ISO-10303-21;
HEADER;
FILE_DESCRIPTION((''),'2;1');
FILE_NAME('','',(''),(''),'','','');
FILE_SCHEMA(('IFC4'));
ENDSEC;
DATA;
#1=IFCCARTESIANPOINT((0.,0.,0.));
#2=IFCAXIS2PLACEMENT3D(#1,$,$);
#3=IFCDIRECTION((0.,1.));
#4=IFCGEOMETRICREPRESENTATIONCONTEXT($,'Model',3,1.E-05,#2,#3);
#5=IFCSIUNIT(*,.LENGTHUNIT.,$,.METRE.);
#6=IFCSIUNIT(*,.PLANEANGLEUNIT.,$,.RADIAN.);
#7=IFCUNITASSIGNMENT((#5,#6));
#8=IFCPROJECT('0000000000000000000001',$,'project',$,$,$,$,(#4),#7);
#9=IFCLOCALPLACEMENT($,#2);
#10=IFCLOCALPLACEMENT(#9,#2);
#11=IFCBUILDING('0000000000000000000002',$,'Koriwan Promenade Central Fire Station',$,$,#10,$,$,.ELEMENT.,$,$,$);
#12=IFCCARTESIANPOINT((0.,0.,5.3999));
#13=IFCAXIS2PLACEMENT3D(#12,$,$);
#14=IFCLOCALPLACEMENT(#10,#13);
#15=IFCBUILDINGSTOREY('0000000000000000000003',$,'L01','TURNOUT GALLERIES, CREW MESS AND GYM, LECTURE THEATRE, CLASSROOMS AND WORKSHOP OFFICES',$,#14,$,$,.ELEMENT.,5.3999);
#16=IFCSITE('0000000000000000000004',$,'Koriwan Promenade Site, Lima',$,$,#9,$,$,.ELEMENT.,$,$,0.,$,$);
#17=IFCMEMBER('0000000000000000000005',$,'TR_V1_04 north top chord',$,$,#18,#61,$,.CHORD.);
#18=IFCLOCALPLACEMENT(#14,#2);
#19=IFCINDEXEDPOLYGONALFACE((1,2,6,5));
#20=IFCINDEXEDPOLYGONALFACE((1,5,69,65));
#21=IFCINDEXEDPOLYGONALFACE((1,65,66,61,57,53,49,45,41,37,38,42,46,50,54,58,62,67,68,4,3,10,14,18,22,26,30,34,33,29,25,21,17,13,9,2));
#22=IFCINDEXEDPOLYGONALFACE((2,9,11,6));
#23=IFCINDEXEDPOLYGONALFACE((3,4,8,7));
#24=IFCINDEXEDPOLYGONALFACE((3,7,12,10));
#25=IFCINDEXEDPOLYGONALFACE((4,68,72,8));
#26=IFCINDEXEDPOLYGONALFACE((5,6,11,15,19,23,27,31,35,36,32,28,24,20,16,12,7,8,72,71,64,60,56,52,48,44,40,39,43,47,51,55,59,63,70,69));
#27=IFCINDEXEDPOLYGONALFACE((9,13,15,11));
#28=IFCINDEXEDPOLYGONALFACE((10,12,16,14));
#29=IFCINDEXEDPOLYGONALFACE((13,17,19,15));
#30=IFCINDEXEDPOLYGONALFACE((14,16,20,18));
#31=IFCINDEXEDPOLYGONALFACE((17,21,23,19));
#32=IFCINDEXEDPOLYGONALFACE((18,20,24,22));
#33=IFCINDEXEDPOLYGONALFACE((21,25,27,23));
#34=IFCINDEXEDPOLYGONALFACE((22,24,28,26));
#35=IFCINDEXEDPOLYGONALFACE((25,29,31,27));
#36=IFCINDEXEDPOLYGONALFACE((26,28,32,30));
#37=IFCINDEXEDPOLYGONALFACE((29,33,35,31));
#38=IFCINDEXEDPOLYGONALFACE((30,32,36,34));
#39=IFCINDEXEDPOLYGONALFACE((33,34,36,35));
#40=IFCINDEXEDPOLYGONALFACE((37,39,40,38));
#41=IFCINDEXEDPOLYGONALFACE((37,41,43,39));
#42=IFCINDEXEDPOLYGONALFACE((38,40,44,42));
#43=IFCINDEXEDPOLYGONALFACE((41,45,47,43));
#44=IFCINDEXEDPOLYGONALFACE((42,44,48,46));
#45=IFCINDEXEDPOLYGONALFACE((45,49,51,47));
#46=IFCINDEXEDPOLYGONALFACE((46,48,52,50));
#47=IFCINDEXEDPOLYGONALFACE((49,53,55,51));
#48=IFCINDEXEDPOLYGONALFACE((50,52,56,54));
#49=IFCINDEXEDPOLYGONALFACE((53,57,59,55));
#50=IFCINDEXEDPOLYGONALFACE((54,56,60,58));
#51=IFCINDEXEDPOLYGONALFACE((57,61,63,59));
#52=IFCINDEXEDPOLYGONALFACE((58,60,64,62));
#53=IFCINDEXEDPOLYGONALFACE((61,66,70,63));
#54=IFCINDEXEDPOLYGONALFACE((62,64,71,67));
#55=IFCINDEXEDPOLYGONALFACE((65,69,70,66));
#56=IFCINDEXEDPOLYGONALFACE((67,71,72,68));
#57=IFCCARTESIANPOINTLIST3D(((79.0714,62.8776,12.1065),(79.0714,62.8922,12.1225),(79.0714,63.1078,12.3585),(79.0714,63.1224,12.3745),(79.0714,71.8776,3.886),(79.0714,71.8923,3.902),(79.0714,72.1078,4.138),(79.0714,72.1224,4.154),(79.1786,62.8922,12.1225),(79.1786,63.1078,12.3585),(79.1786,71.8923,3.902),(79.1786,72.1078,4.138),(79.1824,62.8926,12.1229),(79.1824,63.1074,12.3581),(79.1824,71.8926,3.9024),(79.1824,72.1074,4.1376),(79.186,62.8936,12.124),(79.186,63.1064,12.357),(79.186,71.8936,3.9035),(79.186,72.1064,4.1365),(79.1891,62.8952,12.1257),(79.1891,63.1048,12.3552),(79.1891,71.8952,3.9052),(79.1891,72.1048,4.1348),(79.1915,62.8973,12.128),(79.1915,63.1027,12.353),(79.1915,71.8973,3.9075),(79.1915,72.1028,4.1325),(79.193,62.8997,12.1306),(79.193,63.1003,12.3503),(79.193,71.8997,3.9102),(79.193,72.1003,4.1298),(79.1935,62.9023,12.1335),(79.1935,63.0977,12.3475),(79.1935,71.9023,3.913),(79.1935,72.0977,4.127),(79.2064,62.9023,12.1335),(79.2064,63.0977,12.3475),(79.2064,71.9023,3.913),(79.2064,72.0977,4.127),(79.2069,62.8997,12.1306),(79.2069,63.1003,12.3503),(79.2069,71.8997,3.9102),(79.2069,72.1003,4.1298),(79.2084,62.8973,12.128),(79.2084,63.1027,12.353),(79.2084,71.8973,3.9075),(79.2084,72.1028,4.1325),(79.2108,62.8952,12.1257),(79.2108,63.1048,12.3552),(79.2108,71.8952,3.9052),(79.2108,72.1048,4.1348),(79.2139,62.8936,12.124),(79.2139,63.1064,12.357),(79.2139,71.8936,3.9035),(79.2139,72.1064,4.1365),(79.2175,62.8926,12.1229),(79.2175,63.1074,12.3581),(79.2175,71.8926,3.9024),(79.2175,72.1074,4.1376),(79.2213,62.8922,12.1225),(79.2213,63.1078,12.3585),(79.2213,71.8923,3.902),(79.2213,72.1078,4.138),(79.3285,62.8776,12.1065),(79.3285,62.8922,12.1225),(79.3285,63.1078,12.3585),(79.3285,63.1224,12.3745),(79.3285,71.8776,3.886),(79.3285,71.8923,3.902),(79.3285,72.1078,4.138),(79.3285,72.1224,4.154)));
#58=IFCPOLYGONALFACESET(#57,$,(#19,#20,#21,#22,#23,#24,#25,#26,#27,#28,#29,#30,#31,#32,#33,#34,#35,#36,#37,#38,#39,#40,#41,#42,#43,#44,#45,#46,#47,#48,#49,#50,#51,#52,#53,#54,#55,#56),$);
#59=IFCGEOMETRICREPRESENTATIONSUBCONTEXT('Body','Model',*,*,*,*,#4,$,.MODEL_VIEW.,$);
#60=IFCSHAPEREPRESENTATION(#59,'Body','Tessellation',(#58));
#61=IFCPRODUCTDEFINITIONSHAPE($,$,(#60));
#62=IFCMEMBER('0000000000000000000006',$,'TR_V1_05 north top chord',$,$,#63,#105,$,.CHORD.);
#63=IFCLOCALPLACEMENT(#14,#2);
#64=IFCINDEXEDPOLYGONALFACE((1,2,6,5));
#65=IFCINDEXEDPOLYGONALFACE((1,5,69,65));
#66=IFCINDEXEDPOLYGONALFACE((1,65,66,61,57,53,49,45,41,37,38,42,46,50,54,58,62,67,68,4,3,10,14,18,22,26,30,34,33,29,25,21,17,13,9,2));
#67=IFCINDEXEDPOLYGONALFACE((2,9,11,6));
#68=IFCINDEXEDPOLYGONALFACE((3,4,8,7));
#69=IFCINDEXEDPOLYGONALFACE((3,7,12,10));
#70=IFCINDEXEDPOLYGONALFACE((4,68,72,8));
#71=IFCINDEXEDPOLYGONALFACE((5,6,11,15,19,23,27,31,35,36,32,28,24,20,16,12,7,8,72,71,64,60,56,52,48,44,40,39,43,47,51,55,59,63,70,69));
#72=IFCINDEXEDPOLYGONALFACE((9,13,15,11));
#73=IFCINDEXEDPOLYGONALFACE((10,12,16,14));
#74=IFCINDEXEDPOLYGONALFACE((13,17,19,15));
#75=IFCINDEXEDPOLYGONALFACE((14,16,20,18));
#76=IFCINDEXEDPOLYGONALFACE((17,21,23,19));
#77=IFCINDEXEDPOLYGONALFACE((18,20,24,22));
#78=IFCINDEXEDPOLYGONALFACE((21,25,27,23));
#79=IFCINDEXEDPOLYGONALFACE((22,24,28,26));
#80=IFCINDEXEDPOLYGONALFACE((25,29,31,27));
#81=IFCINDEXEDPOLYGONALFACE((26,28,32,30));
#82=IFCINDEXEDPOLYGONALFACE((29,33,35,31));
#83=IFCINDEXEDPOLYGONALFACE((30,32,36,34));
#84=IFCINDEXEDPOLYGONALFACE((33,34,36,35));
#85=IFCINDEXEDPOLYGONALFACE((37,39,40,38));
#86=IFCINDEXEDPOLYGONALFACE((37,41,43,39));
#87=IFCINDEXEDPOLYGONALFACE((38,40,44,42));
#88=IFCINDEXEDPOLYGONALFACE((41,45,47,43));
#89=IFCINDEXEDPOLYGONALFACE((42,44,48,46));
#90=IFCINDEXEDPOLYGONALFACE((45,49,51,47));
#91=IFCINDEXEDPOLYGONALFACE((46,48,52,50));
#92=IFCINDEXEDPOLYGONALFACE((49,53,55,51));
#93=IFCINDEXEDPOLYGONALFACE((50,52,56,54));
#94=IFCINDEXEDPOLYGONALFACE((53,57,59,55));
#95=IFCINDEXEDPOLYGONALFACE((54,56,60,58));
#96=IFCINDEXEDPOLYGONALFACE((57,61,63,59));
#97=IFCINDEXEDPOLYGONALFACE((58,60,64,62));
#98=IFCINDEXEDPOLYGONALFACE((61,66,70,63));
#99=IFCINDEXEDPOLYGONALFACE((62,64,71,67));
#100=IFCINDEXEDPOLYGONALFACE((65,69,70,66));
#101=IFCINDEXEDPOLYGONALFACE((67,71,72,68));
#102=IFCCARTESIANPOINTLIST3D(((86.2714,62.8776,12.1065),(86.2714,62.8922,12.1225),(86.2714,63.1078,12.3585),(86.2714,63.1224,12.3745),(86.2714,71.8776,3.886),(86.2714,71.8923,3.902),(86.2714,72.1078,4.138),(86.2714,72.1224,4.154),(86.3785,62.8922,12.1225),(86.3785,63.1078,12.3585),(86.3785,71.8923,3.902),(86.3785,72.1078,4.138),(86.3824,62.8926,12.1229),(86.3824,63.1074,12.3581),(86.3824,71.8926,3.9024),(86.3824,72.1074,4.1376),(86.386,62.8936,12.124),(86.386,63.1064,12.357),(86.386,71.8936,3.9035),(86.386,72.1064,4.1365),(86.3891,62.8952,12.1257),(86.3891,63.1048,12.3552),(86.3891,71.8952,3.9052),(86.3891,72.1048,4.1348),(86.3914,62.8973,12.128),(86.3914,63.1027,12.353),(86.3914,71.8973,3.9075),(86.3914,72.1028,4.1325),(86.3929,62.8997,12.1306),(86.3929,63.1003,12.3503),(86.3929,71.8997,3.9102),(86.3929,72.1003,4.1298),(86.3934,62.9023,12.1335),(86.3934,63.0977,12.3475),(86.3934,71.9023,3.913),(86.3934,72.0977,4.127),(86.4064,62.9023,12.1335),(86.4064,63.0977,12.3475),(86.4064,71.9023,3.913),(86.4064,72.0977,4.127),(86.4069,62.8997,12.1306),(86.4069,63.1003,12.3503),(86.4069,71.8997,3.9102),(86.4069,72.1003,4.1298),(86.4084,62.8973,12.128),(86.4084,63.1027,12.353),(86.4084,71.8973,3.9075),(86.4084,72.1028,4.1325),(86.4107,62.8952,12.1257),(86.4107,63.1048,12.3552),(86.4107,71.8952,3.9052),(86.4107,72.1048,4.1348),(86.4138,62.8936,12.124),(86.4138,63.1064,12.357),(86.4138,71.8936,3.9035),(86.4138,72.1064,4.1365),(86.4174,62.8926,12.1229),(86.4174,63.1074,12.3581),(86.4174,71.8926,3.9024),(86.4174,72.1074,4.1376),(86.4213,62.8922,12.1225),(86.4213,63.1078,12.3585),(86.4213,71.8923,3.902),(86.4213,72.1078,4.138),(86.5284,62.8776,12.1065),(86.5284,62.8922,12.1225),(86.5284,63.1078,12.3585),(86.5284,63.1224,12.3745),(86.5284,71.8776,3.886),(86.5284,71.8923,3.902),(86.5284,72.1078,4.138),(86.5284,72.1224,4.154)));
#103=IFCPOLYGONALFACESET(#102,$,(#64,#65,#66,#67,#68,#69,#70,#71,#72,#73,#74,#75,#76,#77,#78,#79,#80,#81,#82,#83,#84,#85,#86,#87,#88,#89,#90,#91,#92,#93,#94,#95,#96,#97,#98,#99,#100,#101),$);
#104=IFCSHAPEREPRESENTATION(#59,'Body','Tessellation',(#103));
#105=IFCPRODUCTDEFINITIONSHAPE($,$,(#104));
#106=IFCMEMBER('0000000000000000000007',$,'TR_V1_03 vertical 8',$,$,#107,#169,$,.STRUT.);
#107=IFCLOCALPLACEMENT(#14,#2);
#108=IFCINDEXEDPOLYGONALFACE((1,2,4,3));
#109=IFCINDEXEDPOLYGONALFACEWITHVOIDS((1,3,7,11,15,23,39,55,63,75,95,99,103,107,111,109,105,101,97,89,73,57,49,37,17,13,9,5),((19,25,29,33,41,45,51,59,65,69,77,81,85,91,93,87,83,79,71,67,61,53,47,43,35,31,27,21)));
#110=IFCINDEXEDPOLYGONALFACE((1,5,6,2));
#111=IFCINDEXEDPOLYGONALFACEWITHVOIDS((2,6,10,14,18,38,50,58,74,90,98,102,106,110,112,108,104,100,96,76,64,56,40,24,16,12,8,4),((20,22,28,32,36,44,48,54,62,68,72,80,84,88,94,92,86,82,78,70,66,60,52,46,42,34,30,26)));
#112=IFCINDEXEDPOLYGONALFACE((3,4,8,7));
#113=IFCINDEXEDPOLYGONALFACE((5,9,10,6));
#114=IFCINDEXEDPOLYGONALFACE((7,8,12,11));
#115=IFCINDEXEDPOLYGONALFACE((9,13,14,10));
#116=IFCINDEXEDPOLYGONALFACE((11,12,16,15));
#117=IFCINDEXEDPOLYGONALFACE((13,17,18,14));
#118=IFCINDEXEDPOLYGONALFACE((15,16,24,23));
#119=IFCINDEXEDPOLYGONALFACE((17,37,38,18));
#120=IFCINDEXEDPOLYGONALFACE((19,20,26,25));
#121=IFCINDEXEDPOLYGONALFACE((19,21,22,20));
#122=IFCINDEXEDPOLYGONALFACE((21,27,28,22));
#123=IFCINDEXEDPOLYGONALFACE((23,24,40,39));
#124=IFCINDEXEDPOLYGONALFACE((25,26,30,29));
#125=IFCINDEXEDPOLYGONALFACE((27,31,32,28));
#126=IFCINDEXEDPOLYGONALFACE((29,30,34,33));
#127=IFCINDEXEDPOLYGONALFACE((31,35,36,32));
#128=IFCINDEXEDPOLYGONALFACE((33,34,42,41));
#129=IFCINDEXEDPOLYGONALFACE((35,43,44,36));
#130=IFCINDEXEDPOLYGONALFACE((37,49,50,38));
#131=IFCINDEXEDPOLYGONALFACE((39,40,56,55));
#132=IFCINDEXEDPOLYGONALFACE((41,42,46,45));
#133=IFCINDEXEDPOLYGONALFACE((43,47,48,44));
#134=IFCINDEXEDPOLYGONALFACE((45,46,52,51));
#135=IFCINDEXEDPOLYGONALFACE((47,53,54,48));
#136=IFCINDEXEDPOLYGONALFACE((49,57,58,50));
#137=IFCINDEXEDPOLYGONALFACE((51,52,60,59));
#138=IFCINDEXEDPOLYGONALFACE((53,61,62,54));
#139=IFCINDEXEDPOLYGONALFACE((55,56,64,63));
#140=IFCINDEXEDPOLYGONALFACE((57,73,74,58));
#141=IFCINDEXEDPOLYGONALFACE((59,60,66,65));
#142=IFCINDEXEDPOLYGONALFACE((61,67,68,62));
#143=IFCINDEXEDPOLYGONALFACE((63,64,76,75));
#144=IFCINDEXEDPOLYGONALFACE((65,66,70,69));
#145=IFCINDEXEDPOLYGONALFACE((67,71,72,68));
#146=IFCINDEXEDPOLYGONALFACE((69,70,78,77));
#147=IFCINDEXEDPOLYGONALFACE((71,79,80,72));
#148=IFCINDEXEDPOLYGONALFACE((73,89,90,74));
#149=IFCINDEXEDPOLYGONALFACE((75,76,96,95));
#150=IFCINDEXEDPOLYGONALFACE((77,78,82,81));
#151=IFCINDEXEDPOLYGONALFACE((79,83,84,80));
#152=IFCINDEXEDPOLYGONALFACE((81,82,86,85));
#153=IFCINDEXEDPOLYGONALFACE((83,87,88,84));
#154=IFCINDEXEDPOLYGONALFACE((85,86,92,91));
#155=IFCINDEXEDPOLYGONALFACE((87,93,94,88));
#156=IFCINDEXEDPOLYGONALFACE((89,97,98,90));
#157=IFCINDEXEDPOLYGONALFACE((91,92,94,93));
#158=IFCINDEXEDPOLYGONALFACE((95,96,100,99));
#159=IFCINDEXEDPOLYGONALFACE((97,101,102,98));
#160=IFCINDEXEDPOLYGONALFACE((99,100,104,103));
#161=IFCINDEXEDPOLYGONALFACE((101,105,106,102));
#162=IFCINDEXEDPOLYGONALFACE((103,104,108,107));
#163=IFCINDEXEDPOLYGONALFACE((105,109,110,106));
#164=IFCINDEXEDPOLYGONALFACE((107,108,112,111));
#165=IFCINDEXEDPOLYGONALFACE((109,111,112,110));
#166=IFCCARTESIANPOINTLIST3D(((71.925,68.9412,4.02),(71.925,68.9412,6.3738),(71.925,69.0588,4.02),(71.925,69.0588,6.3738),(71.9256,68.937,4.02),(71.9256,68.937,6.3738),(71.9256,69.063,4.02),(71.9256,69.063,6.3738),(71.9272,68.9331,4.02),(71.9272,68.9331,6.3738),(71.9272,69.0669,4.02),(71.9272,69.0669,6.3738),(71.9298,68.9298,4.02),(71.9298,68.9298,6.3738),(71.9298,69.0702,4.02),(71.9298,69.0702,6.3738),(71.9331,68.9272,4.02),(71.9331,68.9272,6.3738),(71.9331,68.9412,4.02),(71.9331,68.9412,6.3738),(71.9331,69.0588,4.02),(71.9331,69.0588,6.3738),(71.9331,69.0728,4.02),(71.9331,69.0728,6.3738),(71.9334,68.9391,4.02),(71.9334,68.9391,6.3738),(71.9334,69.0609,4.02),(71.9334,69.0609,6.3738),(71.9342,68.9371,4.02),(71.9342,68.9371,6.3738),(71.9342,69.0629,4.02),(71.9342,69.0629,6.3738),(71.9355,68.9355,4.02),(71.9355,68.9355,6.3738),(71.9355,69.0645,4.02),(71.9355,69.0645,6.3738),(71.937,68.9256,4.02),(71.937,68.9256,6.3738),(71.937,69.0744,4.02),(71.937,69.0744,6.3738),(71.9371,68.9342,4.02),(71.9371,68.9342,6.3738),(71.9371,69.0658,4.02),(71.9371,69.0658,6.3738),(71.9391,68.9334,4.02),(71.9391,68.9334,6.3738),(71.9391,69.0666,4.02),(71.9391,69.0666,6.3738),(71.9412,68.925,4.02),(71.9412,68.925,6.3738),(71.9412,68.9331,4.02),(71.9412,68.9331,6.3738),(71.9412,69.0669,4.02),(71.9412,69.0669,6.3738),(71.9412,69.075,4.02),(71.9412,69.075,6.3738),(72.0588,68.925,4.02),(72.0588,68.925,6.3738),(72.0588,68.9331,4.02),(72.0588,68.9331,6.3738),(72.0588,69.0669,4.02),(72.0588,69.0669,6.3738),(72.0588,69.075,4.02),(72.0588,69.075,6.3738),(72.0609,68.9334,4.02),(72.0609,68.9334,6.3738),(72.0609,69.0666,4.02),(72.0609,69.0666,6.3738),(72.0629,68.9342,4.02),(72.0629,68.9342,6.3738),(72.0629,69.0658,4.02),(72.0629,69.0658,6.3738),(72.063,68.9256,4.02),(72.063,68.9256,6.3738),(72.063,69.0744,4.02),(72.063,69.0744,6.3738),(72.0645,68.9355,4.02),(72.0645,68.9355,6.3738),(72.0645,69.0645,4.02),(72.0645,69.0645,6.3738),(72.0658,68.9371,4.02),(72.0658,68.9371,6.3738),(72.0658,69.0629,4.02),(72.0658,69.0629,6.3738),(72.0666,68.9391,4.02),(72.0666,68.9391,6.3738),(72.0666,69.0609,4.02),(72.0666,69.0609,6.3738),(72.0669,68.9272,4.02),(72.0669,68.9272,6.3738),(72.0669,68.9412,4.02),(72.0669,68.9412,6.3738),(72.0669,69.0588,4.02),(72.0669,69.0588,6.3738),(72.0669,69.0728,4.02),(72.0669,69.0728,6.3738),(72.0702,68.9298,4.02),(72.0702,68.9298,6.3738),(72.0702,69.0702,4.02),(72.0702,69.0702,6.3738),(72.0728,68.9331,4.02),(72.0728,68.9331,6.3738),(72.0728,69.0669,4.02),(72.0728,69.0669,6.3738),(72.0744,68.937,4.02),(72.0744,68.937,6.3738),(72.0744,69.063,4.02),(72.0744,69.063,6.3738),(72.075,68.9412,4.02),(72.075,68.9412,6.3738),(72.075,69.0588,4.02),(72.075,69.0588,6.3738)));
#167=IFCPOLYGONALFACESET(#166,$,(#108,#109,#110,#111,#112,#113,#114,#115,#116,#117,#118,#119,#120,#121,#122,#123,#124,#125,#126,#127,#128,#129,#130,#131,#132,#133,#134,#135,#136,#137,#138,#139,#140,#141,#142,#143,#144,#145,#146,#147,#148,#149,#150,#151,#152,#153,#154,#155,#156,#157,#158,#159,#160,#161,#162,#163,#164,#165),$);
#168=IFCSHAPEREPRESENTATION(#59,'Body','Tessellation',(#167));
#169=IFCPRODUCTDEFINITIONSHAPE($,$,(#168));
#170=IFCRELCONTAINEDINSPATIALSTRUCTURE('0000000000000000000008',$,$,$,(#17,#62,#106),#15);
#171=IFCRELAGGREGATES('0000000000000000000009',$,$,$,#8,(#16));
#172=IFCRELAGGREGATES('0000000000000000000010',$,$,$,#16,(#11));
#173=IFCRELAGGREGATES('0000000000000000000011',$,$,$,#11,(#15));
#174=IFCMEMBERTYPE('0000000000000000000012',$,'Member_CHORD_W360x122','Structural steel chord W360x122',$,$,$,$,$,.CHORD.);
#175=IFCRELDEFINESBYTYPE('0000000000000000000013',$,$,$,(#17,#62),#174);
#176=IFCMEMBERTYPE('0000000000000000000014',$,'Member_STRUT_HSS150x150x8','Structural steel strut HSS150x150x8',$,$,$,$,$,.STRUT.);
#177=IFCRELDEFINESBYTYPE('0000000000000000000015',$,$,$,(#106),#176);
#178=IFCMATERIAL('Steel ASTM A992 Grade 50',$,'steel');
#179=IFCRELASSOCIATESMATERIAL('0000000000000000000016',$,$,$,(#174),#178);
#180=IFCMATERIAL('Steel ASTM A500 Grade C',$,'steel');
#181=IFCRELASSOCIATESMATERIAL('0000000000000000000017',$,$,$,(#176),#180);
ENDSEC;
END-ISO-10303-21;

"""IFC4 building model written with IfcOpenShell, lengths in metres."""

from ifc_helpers import new_model, si_unit, direction, frame, origin, origin_2d, place, context, subcontext, project, spatial, hollow_rectangle, i_section, extrude, material, material_profile, profile_set, type_object, element, save


model = new_model("IFC4")

# Units and contexts
model_context = context("Model", 3, precision=1e-05, world=origin(), true_north=direction((0.0, 1.0)))
body_context = subcontext(model_context, "Body", "Model", "MODEL_VIEW")
ifc_project = project(units=[si_unit("LENGTHUNIT", "METRE"), si_unit("PLANEANGLEUNIT", "RADIAN")], contexts=[model_context])

# Site, building, storey
site_placement = place(None, origin())
site = spatial("IfcSite", under=ifc_project, at=site_placement, Name="Koriwan Promenade Site, Lima", CompositionType="ELEMENT", RefElevation=0.0)
building_placement = place(site_placement, origin())
building = spatial("IfcBuilding", under=site, at=building_placement, Name="Koriwan Promenade Central Fire Station", CompositionType="ELEMENT")
storey_placement = place(building_placement, frame((0.0, 0.0, 5.3999)))
storey = spatial("IfcBuildingStorey", under=building, at=storey_placement, Name="L01", Description="TURNOUT GALLERIES, CREW MESS AND GYM, LECTURE THEATRE, CLASSROOMS AND WORKSHOP OFFICES", CompositionType="ELEMENT", Elevation=5.3999)

# Members
ifc_material_1 = material(Name="Steel ASTM A992 Grade 50", Category="steel")
ifc_material_profile_1 = material_profile(ifc_material_1, i_section(OverallWidth=0.2571, OverallDepth=0.363, WebThickness=0.0129, FlangeThickness=0.0217, FilletRadius=0.0149, at=origin_2d()), Name="W360x122")
ifc_profile_set_1 = profile_set([ifc_material_profile_1], Name="Steel ASTM A992 Grade 50")
member_type_1 = type_object("IfcMemberType", Name="Member_CHORD_W360x122", Description="Structural steel chord W360x122", PredefinedType="CHORD", material=ifc_profile_set_1)
for number, where, z_axis, x_axis, name in (
    (1, (79.2, 63.0, 12.2405), (0.0, 0.73836, -0.674407), (-1.0, 0.0, 0.0), "TR_V1_04 north top chord"),
    (2, (86.3999, 63.0, 12.2405), (0.0, 0.73836, -0.674407), (-1.0, 0.0, 0.0), "TR_V1_05 north top chord"),
):
    element("IfcMember", number, at=place(storey_placement, frame(where, z_axis=z_axis, x_axis=x_axis)), inside=storey, type_object=member_type_1, Name=name, PredefinedType="CHORD", context=body_context, shape_type="SweptSolid", body=[
        extrude(i_section(OverallWidth=0.2571, OverallDepth=0.363, WebThickness=0.0129, FlangeThickness=0.0217, FilletRadius=0.0149, at=origin_2d()), origin(), (0.0, 0.0, 1.0), 12.1892),
    ])
ifc_material_2 = material(Name="Steel ASTM A500 Grade C", Category="steel")
ifc_material_profile_2 = material_profile(ifc_material_2, hollow_rectangle(XDim=0.1499, YDim=0.1499, WallThickness=0.0081, InnerFilletRadius=0.0081, OuterFilletRadius=0.0161, at=origin_2d()), Name="HSS150x150x8")
ifc_profile_set_2 = profile_set([ifc_material_profile_2], Name="Steel ASTM A500 Grade C")
member_type_2 = type_object("IfcMemberType", Name="Member_STRUT_HSS150x150x8", Description="Structural steel strut HSS150x150x8", PredefinedType="STRUT", material=ifc_profile_set_2)
member_1_placement = place(storey_placement, frame((72.0, 69.0, 4.02), z_axis=(0.0, 0.0, 1.0), x_axis=(1.0, 0.0, 0.0)))
element("IfcMember", 3, at=member_1_placement, inside=storey, type_object=member_type_2, Name="TR_V1_03 vertical 8", PredefinedType="STRUT", context=body_context, shape_type="SweptSolid", body=[
    extrude(hollow_rectangle(XDim=0.1499, YDim=0.1499, WallThickness=0.0081, InnerFilletRadius=0.0081, OuterFilletRadius=0.0161, at=origin_2d()), origin(), (0.0, 0.0, 1.0), 2.3538),
])

save(model, "model.ifc")
